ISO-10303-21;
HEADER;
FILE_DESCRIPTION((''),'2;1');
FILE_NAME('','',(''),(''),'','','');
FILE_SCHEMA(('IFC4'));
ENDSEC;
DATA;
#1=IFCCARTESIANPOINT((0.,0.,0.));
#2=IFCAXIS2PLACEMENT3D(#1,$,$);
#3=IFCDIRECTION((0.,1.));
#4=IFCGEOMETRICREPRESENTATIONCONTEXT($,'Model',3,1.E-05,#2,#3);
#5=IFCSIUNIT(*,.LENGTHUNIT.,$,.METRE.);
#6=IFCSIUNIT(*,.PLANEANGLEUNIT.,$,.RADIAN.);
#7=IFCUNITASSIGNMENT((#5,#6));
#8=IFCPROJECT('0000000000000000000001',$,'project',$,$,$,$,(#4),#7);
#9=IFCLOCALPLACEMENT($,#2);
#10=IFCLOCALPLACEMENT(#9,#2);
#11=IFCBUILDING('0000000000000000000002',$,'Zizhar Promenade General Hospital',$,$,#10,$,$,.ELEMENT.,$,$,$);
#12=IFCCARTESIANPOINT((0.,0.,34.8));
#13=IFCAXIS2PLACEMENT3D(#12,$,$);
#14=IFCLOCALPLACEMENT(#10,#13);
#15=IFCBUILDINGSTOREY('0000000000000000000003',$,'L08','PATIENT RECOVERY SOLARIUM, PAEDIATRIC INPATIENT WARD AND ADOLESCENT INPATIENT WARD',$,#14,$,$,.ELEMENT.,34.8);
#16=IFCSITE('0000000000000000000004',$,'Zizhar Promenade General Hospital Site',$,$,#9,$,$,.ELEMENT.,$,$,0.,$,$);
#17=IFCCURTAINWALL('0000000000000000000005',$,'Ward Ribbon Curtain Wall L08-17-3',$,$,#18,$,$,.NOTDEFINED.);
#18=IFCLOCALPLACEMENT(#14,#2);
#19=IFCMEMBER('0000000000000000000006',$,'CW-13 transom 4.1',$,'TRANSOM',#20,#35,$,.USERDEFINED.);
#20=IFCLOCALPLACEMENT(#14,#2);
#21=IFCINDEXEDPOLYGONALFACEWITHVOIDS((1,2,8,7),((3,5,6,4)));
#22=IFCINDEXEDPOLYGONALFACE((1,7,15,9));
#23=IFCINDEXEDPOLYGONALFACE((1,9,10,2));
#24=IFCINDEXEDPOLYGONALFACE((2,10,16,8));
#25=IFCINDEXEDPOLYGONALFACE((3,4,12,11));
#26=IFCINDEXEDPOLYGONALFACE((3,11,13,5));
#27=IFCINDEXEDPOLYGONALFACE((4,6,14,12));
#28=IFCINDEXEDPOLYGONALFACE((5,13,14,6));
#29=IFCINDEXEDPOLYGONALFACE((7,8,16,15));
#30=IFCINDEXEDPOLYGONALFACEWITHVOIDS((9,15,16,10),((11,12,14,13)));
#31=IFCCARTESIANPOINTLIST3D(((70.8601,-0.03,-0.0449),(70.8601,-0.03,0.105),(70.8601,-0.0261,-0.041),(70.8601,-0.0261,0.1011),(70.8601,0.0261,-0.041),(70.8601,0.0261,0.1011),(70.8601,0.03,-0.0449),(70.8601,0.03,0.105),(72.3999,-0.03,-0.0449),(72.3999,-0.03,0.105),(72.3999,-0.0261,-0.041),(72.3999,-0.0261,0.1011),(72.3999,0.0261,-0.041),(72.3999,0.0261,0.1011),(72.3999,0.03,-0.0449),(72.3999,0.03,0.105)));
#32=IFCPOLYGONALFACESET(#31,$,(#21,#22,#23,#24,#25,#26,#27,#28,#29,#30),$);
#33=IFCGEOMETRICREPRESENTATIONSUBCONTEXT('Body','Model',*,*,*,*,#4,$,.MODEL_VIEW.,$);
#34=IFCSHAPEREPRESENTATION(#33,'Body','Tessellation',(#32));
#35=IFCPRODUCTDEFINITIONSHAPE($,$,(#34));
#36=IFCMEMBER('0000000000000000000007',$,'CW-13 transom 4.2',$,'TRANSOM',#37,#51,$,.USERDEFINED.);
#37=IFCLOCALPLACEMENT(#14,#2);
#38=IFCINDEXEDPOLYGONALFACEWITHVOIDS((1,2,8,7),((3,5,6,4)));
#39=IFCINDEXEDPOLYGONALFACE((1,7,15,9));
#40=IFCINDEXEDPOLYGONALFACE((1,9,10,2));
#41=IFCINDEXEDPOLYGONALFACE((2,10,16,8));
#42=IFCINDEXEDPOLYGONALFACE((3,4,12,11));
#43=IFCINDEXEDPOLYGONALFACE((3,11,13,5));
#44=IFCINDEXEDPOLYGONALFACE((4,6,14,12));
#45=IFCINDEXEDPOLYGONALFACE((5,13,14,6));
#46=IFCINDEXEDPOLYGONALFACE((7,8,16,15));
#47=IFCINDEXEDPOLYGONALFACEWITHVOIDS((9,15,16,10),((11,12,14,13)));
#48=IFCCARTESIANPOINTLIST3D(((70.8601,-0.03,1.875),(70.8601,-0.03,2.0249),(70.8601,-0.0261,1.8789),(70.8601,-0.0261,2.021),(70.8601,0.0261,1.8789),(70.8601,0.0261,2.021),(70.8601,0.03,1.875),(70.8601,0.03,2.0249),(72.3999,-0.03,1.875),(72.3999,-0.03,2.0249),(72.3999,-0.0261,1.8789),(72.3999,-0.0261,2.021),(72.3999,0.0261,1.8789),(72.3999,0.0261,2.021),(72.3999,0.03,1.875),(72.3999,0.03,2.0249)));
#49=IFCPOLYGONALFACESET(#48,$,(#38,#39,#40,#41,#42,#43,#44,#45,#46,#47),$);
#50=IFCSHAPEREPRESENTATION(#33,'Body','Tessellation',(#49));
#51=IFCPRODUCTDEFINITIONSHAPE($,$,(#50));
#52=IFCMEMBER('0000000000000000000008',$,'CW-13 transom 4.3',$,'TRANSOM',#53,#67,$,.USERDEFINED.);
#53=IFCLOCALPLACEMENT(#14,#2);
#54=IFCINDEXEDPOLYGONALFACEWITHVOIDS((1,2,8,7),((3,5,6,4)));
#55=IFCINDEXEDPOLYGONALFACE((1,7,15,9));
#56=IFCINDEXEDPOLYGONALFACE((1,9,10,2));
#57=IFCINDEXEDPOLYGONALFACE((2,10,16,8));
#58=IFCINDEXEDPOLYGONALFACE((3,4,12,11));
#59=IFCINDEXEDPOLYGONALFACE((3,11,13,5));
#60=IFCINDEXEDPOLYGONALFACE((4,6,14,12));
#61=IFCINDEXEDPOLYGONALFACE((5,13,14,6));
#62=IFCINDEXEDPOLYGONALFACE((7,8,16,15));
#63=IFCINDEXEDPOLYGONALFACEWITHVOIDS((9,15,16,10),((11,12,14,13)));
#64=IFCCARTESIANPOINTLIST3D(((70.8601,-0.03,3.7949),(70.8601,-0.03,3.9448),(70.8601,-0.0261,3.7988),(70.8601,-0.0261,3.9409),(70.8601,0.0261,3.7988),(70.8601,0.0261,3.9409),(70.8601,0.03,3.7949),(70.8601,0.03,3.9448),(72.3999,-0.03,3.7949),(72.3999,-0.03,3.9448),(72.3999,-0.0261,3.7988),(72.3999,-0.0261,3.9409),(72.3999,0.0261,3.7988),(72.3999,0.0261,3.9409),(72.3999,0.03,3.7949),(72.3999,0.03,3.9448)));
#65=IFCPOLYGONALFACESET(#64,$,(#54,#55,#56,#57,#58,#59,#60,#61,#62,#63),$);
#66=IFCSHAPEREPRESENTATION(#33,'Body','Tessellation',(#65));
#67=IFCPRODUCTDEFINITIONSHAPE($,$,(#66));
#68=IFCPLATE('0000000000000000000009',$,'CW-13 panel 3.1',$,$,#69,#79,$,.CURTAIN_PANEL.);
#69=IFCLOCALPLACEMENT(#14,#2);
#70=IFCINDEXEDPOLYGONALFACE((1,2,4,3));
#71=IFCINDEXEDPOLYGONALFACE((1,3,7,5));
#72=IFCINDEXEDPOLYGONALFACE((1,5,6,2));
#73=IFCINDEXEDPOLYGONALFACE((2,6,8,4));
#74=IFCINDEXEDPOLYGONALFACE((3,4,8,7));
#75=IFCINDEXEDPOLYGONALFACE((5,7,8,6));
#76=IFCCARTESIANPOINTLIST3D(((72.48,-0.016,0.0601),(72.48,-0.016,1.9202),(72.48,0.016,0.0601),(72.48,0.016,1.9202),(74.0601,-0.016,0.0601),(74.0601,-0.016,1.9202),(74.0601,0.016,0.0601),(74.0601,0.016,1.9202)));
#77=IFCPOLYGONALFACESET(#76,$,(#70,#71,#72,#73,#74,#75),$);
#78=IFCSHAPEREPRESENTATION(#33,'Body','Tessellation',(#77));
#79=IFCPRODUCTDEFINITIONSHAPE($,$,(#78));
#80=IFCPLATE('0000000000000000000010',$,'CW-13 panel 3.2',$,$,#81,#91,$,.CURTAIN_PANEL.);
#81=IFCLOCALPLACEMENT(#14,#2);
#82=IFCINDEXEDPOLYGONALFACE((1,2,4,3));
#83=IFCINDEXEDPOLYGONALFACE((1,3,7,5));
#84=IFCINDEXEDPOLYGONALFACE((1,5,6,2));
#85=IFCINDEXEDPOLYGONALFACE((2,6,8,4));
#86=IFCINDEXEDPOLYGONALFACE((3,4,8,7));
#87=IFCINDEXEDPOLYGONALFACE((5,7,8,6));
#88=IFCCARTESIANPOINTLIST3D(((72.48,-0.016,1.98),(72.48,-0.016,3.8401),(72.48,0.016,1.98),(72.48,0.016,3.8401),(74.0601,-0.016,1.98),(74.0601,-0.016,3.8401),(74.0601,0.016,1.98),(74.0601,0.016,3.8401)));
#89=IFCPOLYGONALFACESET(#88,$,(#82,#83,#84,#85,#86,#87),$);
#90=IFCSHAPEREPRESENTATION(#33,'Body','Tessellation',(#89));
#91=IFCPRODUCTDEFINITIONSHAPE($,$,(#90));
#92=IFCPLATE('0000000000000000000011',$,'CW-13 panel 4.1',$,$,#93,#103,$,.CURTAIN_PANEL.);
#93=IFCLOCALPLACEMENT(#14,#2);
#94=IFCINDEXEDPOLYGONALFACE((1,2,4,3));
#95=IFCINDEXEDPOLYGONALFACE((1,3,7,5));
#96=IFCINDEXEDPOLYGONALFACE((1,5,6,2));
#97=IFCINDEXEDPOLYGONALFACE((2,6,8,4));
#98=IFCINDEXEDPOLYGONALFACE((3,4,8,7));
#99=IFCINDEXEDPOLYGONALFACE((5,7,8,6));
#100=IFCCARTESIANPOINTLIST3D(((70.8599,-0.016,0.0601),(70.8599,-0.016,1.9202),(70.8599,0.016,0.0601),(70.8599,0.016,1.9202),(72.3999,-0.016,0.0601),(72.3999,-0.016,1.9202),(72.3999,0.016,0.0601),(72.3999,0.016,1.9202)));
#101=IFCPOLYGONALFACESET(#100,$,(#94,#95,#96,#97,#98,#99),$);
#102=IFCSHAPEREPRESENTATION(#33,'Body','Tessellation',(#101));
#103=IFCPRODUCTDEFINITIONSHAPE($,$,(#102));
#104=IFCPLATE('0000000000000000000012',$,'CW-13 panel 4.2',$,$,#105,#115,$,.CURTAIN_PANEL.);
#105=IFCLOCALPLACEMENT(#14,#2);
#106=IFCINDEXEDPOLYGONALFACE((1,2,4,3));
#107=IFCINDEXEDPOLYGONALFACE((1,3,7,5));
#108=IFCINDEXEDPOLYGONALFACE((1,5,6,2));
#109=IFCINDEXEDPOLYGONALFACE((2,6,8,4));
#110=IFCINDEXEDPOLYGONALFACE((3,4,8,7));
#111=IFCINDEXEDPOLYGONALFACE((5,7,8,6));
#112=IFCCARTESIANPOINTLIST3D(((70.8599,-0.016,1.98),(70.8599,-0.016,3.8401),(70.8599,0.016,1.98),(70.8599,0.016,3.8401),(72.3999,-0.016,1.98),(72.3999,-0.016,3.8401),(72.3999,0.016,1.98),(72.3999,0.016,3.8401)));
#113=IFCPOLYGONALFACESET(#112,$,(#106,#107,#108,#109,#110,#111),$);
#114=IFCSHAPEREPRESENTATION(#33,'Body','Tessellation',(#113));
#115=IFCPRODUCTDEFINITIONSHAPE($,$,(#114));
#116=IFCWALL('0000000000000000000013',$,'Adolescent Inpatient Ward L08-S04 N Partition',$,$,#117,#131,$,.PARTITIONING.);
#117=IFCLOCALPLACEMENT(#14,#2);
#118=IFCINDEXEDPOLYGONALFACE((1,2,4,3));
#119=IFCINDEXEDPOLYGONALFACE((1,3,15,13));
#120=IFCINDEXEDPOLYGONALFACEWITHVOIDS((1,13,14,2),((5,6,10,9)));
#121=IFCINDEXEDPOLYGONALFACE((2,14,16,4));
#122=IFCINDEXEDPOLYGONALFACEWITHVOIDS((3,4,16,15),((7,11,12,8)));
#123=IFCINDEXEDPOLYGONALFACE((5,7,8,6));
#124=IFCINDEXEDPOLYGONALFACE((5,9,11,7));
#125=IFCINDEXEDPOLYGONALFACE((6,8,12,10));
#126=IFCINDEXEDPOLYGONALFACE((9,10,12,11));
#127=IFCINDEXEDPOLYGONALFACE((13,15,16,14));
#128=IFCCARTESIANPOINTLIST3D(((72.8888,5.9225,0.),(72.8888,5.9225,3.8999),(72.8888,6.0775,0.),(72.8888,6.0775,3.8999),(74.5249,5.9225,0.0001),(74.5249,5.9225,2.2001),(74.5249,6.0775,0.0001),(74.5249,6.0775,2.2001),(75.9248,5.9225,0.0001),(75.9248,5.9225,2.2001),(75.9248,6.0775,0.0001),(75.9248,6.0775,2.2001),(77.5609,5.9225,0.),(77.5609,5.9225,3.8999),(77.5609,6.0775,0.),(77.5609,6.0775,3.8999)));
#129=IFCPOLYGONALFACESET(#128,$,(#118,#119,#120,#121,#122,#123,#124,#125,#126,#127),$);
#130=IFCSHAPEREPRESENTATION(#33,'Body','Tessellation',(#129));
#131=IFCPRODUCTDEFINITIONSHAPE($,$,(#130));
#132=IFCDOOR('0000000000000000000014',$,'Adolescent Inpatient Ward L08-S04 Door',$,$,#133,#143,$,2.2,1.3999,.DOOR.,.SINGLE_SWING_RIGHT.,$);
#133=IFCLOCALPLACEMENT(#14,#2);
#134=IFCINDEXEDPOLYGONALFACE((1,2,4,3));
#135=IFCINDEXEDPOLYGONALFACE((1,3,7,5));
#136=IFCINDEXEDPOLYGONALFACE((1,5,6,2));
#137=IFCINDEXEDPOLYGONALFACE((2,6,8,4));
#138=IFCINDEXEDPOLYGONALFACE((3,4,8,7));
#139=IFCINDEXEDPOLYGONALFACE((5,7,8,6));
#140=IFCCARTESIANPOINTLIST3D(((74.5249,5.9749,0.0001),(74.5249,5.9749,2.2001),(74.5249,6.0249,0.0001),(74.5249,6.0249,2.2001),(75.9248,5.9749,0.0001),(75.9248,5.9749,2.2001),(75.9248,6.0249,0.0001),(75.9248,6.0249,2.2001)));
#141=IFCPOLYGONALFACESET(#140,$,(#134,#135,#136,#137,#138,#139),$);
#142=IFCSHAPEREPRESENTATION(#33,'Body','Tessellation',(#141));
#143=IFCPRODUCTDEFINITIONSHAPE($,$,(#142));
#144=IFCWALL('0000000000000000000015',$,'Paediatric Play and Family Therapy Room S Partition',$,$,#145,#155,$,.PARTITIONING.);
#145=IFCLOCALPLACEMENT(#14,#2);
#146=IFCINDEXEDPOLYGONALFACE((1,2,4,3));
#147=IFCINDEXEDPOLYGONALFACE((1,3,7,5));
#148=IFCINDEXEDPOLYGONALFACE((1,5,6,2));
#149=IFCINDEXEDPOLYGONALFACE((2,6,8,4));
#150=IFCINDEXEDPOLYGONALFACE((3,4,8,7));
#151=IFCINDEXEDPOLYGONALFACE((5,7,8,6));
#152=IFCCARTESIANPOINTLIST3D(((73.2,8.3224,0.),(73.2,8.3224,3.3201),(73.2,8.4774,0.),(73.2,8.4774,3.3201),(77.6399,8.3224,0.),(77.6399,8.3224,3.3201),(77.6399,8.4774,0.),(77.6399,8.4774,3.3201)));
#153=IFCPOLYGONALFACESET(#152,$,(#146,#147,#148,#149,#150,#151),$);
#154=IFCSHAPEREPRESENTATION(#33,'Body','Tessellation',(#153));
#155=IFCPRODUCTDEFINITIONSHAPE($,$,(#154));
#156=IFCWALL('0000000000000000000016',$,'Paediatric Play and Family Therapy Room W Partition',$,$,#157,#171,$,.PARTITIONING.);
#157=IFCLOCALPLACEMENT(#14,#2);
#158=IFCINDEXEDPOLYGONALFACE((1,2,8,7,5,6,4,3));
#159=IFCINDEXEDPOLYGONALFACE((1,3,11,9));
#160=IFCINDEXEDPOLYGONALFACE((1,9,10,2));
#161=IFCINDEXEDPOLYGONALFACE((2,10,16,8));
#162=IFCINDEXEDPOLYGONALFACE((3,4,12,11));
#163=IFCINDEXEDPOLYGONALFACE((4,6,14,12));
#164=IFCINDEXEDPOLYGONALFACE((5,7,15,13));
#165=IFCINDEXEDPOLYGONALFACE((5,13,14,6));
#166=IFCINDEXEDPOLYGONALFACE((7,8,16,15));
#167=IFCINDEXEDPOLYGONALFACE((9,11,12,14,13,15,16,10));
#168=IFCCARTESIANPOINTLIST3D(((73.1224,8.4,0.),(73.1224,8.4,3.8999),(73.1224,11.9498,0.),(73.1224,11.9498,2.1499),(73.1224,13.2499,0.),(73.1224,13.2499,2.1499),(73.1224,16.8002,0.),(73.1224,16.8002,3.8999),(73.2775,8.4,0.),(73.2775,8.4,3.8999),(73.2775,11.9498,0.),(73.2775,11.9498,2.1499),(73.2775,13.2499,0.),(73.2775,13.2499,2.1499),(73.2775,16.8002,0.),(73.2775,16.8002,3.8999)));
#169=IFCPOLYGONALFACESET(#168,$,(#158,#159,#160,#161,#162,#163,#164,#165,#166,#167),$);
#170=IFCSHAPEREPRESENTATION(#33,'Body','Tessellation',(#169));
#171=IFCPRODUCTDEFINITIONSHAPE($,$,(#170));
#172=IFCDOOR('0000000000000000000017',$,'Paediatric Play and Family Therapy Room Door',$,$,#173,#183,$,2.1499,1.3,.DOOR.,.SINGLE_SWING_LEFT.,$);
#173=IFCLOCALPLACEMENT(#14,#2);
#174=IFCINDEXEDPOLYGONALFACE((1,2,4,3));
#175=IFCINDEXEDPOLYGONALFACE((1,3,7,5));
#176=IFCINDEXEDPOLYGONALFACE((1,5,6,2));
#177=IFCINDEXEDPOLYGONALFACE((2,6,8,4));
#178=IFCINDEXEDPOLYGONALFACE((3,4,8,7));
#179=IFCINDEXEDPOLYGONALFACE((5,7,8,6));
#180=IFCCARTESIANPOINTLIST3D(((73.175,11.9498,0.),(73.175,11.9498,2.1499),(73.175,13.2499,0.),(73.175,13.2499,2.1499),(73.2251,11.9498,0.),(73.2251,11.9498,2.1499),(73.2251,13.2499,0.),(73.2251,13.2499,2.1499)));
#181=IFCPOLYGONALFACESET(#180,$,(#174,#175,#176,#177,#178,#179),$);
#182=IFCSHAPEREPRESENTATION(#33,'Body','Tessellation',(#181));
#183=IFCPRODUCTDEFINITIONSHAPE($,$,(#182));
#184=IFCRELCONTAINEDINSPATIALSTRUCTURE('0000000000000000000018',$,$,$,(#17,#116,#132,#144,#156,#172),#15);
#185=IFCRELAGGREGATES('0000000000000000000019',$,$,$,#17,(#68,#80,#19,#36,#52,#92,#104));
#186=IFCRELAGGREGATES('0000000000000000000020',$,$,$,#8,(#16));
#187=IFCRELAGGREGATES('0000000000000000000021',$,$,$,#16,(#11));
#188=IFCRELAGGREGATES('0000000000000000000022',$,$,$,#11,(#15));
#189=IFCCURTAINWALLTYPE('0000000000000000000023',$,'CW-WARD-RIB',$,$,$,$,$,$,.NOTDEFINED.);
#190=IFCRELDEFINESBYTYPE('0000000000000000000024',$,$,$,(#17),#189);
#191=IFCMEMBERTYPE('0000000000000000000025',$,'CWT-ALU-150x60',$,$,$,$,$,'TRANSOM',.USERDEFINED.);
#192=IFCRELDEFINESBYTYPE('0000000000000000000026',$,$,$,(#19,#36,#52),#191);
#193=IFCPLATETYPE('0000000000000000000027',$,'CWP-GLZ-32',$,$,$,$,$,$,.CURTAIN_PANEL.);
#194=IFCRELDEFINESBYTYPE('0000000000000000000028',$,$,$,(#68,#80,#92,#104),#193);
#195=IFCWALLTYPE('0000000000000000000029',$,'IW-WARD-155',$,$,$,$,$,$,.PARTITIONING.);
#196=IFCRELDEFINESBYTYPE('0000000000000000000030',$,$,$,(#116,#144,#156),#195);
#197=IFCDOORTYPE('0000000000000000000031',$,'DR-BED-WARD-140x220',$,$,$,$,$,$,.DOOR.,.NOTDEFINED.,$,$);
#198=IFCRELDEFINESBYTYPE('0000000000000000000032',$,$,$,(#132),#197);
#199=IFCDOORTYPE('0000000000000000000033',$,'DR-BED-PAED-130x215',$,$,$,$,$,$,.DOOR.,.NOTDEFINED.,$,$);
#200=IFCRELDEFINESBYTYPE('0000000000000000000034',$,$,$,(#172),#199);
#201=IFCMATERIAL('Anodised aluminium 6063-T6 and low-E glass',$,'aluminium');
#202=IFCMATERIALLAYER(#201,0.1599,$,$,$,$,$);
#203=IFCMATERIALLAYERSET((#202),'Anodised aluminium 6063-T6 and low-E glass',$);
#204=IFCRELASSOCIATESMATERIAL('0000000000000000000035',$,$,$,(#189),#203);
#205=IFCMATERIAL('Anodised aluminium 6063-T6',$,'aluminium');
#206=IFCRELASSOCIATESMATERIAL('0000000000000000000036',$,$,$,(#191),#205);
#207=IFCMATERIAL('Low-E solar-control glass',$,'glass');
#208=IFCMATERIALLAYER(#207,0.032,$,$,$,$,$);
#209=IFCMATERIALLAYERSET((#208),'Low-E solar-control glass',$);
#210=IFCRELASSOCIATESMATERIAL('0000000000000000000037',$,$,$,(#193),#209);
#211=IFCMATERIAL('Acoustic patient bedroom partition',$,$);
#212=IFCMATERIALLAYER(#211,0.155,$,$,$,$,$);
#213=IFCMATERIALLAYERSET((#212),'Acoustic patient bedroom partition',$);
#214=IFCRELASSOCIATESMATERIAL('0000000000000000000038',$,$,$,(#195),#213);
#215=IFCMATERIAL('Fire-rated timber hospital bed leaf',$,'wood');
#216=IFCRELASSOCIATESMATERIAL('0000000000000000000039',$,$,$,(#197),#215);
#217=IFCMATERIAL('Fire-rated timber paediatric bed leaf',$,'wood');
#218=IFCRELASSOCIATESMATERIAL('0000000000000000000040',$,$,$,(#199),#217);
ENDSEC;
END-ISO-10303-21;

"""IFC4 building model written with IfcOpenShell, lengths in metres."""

from ifc_helpers import new_model, si_unit, direction, frame, frame_2d, origin, origin_2d, place, context, subcontext, project, spatial, rectangle, hollow_rectangle, extrude, material, layer, layer_set, material_profile, profile_set, type_object, element, fill, aggregate, save


model = new_model("IFC4")

# Units and contexts
model_context = context("Model", 3, precision=1e-05, world=origin(), true_north=direction((0.0, 1.0)))
body_context = subcontext(model_context, "Body", "Model", "MODEL_VIEW")
ifc_project = project(units=[si_unit("LENGTHUNIT", "METRE"), si_unit("PLANEANGLEUNIT", "RADIAN")], contexts=[model_context])

# Site, building, storey
site_placement = place(None, origin())
site = spatial("IfcSite", under=ifc_project, at=site_placement, Name="Zizhar Promenade General Hospital Site", CompositionType="ELEMENT", RefElevation=0.0)
building_placement = place(site_placement, origin())
building = spatial("IfcBuilding", under=site, at=building_placement, Name="Zizhar Promenade General Hospital", CompositionType="ELEMENT")
storey_placement = place(building_placement, frame((0.0, 0.0, 34.8)))
storey = spatial("IfcBuildingStorey", under=building, at=storey_placement, Name="L08", Description="PATIENT RECOVERY SOLARIUM, PAEDIATRIC INPATIENT WARD AND ADOLESCENT INPATIENT WARD", CompositionType="ELEMENT", Elevation=34.8)

# Curtain wall
ifc_material_1 = material(Name="Anodised aluminium 6063-T6 and low-E glass", Category="aluminium")
ifc_layer_1 = layer(ifc_material_1, 0.1599)
ifc_layer_set_1 = layer_set([ifc_layer_1], Name="Anodised aluminium 6063-T6 and low-E glass")
curtain_wall_type = type_object("IfcCurtainWallType", Name="CW-WARD-RIB", PredefinedType="NOTDEFINED", material=ifc_layer_set_1)
curtain_wall_1_placement = place(storey_placement, origin())
curtain_wall_1 = element("IfcCurtainWall", 1, at=curtain_wall_1_placement, inside=storey, type_object=curtain_wall_type, Name="Ward Ribbon Curtain Wall L08-17-3", PredefinedType="NOTDEFINED")

# Members
ifc_material_2 = material(Name="Anodised aluminium 6063-T6", Category="aluminium")
ifc_material_profile_1 = material_profile(ifc_material_2, hollow_rectangle(XDim=0.0601, YDim=0.1499, WallThickness=0.0039, at=origin_2d()))
ifc_profile_set_1 = profile_set([ifc_material_profile_1], Name="Anodised aluminium 6063-T6")
member_type_1 = type_object("IfcMemberType", Name="CWT-ALU-150x60", ElementType="TRANSOM", PredefinedType="USERDEFINED", material=ifc_profile_set_1)
member_1_placement = place(storey_placement, frame((72.3999, 0.0, 0.03), z_axis=(-1.0, 0.0, 0.0), x_axis=(0.0, -1.0, 0.0)))
member_1 = element("IfcMember", 2, at=member_1_placement, type_object=member_type_1, Name="CW-13 transom 4.1", ObjectType="TRANSOM", PredefinedType="USERDEFINED", context=body_context, shape_type="SweptSolid", body=[
    extrude(hollow_rectangle(XDim=0.0601, YDim=0.1499, WallThickness=0.0039, at=origin_2d()), origin(), (0.0, 0.0, 1.0), 1.5398),
])
member_2_placement = place(storey_placement, frame((72.3999, 0.0, 1.95), z_axis=(-1.0, 0.0, 0.0), x_axis=(0.0, -1.0, 0.0)))
member_2 = element("IfcMember", 3, at=member_2_placement, type_object=member_type_1, Name="CW-13 transom 4.2", ObjectType="TRANSOM", PredefinedType="USERDEFINED", context=body_context, shape_type="SweptSolid", body=[
    extrude(hollow_rectangle(XDim=0.0601, YDim=0.1499, WallThickness=0.0039, at=origin_2d()), origin(), (0.0, 0.0, 1.0), 1.5398),
])
member_3_placement = place(storey_placement, frame((72.3999, 0.0, 3.8699), z_axis=(-1.0, 0.0, 0.0), x_axis=(0.0, -1.0, 0.0)))
member_3 = element("IfcMember", 4, at=member_3_placement, type_object=member_type_1, Name="CW-13 transom 4.3", ObjectType="TRANSOM", PredefinedType="USERDEFINED", context=body_context, shape_type="SweptSolid", body=[
    extrude(hollow_rectangle(XDim=0.0601, YDim=0.1499, WallThickness=0.0039, at=origin_2d()), origin(), (0.0, 0.0, 1.0), 1.5398),
])

# Plates
ifc_material_3 = material(Name="Low-E solar-control glass", Category="glass")
ifc_layer_2 = layer(ifc_material_3, 0.032)
ifc_layer_set_2 = layer_set([ifc_layer_2], Name="Low-E solar-control glass")
plate_type = type_object("IfcPlateType", Name="CWP-GLZ-32", PredefinedType="CURTAIN_PANEL", material=ifc_layer_set_2)
plate_1_placement = place(storey_placement, frame((73.27, 0.0, 0.0601), z_axis=(0.0, 0.0, 1.0), x_axis=(-1.0, 0.0, 0.0)))
plate_1 = element("IfcPlate", 5, at=plate_1_placement, type_object=plate_type, Name="CW-13 panel 3.1", PredefinedType="CURTAIN_PANEL", context=body_context, shape_type="SweptSolid", body=[
    extrude(rectangle(XDim=1.5801, YDim=0.032, at=origin_2d()), origin(), (0.0, 0.0, 1.0), 1.8601),
])
plate_2_placement = place(storey_placement, frame((73.27, 0.0, 1.98), z_axis=(0.0, 0.0, 1.0), x_axis=(-1.0, 0.0, 0.0)))
plate_2 = element("IfcPlate", 6, at=plate_2_placement, type_object=plate_type, Name="CW-13 panel 3.2", PredefinedType="CURTAIN_PANEL", context=body_context, shape_type="SweptSolid", body=[
    extrude(rectangle(XDim=1.5801, YDim=0.032, at=origin_2d()), origin(), (0.0, 0.0, 1.0), 1.8601),
])
plate_3_placement = place(storey_placement, frame((71.6299, 0.0, 0.0601), z_axis=(0.0, 0.0, 1.0), x_axis=(-1.0, 0.0, 0.0)))
plate_3 = element("IfcPlate", 7, at=plate_3_placement, type_object=plate_type, Name="CW-13 panel 4.1", PredefinedType="CURTAIN_PANEL", context=body_context, shape_type="SweptSolid", body=[
    extrude(rectangle(XDim=1.54, YDim=0.032, at=origin_2d()), origin(), (0.0, 0.0, 1.0), 1.8601),
])
plate_4_placement = place(storey_placement, frame((71.6299, 0.0, 1.98), z_axis=(0.0, 0.0, 1.0), x_axis=(-1.0, 0.0, 0.0)))
plate_4 = element("IfcPlate", 8, at=plate_4_placement, type_object=plate_type, Name="CW-13 panel 4.2", PredefinedType="CURTAIN_PANEL", context=body_context, shape_type="SweptSolid", body=[
    extrude(rectangle(XDim=1.54, YDim=0.032, at=origin_2d()), origin(), (0.0, 0.0, 1.0), 1.8601),
])
aggregate(curtain_wall_1, [plate_1, plate_2, member_1, member_2, member_3, plate_3, plate_4])

# Wall, opening, door
ifc_material_4 = material(Name="Acoustic patient bedroom partition")
ifc_layer_3 = layer(ifc_material_4, 0.155)
ifc_layer_set_3 = layer_set([ifc_layer_3], Name="Acoustic patient bedroom partition")
wall_type_1 = type_object("IfcWallType", Name="IW-WARD-155", PredefinedType="PARTITIONING", material=ifc_layer_set_3)
wall_1_placement = place(storey_placement, frame((72.8889, 6.0, 0.0), z_axis=(0.0, 0.0, 1.0), x_axis=(1.0, 0.0, 0.0)))
wall_1 = element("IfcWall", 9, at=wall_1_placement, inside=storey, type_object=wall_type_1, Name="Adolescent Inpatient Ward L08-S04 N Partition", PredefinedType="PARTITIONING", context=body_context, shape_type="SweptSolid", body=[
    extrude(rectangle(XDim=4.6721, YDim=0.155, at=frame_2d((2.3359, 0.0))), origin(), (0.0, 0.0, 1.0), 3.8999),
])
opening_1_placement = place(wall_1_placement, frame((1.636, 0.0, 0.0)))
opening_1 = element("IfcOpeningElement", 10, at=opening_1_placement, cuts=wall_1, PredefinedType="OPENING", context=body_context, shape_type="SweptSolid", body=[
    extrude(rectangle(XDim=1.3999, YDim=2.2, at=frame_2d((0.7, 1.1001))), frame((0.0, 0.0874, 0.0), z_axis=(0.0, -1.0, 0.0), x_axis=(1.0, 0.0, 0.0)), (0.0, 0.0, 1.0), 0.175),
])
ifc_material_5 = material(Name="Fire-rated timber hospital bed leaf", Category="wood")
door_type_1 = type_object("IfcDoorType", Name="DR-BED-WARD-140x220", OperationType="NOTDEFINED", PredefinedType="DOOR", material=ifc_material_5)
door_1_placement = place(opening_1_placement, origin())
door_1 = element("IfcDoor", 11, at=door_1_placement, inside=storey, type_object=door_type_1, Name="Adolescent Inpatient Ward L08-S04 Door", OperationType="SINGLE_SWING_RIGHT", OverallHeight=2.2, OverallWidth=1.3999, PredefinedType="DOOR", context=body_context, shape_type="SweptSolid", body=[
    extrude(rectangle(XDim=1.3999, YDim=2.2, at=frame_2d((0.7, 1.1001))), frame((0.0, 0.0249, 0.0), z_axis=(0.0, -1.0, 0.0), x_axis=(1.0, 0.0, 0.0)), (0.0, 0.0, 1.0), 0.05),
])
fill(opening_1, door_1)

# Wall
wall_2_placement = place(storey_placement, frame((73.2, 8.3999, 0.0), z_axis=(0.0, 0.0, 1.0), x_axis=(1.0, 0.0, 0.0)))
element("IfcWall", 12, at=wall_2_placement, inside=storey, type_object=wall_type_1, Name="Paediatric Play and Family Therapy Room S Partition", PredefinedType="PARTITIONING", context=body_context, shape_type="SweptSolid", body=[
    extrude(rectangle(XDim=4.4399, YDim=0.155, at=frame_2d((2.22, 0.0))), origin(), (0.0, 0.0, 1.0), 3.3201),
])

# Wall, opening, door
wall_3_placement = place(storey_placement, frame((73.2, 8.3999, 0.0), z_axis=(0.0, 0.0, 1.0), x_axis=(0.0, 1.0, 0.0)))
wall_3 = element("IfcWall", 13, at=wall_3_placement, inside=storey, type_object=wall_type_1, Name="Paediatric Play and Family Therapy Room W Partition", PredefinedType="PARTITIONING", context=body_context, shape_type="SweptSolid", body=[
    extrude(rectangle(XDim=8.4001, YDim=0.155, at=frame_2d((4.2002, 0.0))), origin(), (0.0, 0.0, 1.0), 3.8999),
])
opening_2_placement = place(wall_3_placement, frame((3.55, 0.0, 0.0)))
opening_2 = element("IfcOpeningElement", 14, at=opening_2_placement, cuts=wall_3, PredefinedType="OPENING", context=body_context, shape_type="SweptSolid", body=[
    extrude(rectangle(XDim=1.3, YDim=2.1499, at=frame_2d((0.6499, 1.075))), frame((0.0, 0.0874, 0.0), z_axis=(0.0, -1.0, 0.0), x_axis=(1.0, 0.0, 0.0)), (0.0, 0.0, 1.0), 0.175),
])
ifc_material_6 = material(Name="Fire-rated timber paediatric bed leaf", Category="wood")
door_type_2 = type_object("IfcDoorType", Name="DR-BED-PAED-130x215", OperationType="NOTDEFINED", PredefinedType="DOOR", material=ifc_material_6)
door_2_placement = place(opening_2_placement, origin())
door_2 = element("IfcDoor", 15, at=door_2_placement, inside=storey, type_object=door_type_2, Name="Paediatric Play and Family Therapy Room Door", OperationType="SINGLE_SWING_LEFT", OverallHeight=2.1499, OverallWidth=1.3, PredefinedType="DOOR", context=body_context, shape_type="SweptSolid", body=[
    extrude(rectangle(XDim=1.3, YDim=2.1499, at=frame_2d((0.6499, 1.075))), frame((0.0, 0.0249, 0.0), z_axis=(0.0, -1.0, 0.0), x_axis=(1.0, 0.0, 0.0)), (0.0, 0.0, 1.0), 0.05),
])
fill(opening_2, door_2)

save(model, "model.ifc")
